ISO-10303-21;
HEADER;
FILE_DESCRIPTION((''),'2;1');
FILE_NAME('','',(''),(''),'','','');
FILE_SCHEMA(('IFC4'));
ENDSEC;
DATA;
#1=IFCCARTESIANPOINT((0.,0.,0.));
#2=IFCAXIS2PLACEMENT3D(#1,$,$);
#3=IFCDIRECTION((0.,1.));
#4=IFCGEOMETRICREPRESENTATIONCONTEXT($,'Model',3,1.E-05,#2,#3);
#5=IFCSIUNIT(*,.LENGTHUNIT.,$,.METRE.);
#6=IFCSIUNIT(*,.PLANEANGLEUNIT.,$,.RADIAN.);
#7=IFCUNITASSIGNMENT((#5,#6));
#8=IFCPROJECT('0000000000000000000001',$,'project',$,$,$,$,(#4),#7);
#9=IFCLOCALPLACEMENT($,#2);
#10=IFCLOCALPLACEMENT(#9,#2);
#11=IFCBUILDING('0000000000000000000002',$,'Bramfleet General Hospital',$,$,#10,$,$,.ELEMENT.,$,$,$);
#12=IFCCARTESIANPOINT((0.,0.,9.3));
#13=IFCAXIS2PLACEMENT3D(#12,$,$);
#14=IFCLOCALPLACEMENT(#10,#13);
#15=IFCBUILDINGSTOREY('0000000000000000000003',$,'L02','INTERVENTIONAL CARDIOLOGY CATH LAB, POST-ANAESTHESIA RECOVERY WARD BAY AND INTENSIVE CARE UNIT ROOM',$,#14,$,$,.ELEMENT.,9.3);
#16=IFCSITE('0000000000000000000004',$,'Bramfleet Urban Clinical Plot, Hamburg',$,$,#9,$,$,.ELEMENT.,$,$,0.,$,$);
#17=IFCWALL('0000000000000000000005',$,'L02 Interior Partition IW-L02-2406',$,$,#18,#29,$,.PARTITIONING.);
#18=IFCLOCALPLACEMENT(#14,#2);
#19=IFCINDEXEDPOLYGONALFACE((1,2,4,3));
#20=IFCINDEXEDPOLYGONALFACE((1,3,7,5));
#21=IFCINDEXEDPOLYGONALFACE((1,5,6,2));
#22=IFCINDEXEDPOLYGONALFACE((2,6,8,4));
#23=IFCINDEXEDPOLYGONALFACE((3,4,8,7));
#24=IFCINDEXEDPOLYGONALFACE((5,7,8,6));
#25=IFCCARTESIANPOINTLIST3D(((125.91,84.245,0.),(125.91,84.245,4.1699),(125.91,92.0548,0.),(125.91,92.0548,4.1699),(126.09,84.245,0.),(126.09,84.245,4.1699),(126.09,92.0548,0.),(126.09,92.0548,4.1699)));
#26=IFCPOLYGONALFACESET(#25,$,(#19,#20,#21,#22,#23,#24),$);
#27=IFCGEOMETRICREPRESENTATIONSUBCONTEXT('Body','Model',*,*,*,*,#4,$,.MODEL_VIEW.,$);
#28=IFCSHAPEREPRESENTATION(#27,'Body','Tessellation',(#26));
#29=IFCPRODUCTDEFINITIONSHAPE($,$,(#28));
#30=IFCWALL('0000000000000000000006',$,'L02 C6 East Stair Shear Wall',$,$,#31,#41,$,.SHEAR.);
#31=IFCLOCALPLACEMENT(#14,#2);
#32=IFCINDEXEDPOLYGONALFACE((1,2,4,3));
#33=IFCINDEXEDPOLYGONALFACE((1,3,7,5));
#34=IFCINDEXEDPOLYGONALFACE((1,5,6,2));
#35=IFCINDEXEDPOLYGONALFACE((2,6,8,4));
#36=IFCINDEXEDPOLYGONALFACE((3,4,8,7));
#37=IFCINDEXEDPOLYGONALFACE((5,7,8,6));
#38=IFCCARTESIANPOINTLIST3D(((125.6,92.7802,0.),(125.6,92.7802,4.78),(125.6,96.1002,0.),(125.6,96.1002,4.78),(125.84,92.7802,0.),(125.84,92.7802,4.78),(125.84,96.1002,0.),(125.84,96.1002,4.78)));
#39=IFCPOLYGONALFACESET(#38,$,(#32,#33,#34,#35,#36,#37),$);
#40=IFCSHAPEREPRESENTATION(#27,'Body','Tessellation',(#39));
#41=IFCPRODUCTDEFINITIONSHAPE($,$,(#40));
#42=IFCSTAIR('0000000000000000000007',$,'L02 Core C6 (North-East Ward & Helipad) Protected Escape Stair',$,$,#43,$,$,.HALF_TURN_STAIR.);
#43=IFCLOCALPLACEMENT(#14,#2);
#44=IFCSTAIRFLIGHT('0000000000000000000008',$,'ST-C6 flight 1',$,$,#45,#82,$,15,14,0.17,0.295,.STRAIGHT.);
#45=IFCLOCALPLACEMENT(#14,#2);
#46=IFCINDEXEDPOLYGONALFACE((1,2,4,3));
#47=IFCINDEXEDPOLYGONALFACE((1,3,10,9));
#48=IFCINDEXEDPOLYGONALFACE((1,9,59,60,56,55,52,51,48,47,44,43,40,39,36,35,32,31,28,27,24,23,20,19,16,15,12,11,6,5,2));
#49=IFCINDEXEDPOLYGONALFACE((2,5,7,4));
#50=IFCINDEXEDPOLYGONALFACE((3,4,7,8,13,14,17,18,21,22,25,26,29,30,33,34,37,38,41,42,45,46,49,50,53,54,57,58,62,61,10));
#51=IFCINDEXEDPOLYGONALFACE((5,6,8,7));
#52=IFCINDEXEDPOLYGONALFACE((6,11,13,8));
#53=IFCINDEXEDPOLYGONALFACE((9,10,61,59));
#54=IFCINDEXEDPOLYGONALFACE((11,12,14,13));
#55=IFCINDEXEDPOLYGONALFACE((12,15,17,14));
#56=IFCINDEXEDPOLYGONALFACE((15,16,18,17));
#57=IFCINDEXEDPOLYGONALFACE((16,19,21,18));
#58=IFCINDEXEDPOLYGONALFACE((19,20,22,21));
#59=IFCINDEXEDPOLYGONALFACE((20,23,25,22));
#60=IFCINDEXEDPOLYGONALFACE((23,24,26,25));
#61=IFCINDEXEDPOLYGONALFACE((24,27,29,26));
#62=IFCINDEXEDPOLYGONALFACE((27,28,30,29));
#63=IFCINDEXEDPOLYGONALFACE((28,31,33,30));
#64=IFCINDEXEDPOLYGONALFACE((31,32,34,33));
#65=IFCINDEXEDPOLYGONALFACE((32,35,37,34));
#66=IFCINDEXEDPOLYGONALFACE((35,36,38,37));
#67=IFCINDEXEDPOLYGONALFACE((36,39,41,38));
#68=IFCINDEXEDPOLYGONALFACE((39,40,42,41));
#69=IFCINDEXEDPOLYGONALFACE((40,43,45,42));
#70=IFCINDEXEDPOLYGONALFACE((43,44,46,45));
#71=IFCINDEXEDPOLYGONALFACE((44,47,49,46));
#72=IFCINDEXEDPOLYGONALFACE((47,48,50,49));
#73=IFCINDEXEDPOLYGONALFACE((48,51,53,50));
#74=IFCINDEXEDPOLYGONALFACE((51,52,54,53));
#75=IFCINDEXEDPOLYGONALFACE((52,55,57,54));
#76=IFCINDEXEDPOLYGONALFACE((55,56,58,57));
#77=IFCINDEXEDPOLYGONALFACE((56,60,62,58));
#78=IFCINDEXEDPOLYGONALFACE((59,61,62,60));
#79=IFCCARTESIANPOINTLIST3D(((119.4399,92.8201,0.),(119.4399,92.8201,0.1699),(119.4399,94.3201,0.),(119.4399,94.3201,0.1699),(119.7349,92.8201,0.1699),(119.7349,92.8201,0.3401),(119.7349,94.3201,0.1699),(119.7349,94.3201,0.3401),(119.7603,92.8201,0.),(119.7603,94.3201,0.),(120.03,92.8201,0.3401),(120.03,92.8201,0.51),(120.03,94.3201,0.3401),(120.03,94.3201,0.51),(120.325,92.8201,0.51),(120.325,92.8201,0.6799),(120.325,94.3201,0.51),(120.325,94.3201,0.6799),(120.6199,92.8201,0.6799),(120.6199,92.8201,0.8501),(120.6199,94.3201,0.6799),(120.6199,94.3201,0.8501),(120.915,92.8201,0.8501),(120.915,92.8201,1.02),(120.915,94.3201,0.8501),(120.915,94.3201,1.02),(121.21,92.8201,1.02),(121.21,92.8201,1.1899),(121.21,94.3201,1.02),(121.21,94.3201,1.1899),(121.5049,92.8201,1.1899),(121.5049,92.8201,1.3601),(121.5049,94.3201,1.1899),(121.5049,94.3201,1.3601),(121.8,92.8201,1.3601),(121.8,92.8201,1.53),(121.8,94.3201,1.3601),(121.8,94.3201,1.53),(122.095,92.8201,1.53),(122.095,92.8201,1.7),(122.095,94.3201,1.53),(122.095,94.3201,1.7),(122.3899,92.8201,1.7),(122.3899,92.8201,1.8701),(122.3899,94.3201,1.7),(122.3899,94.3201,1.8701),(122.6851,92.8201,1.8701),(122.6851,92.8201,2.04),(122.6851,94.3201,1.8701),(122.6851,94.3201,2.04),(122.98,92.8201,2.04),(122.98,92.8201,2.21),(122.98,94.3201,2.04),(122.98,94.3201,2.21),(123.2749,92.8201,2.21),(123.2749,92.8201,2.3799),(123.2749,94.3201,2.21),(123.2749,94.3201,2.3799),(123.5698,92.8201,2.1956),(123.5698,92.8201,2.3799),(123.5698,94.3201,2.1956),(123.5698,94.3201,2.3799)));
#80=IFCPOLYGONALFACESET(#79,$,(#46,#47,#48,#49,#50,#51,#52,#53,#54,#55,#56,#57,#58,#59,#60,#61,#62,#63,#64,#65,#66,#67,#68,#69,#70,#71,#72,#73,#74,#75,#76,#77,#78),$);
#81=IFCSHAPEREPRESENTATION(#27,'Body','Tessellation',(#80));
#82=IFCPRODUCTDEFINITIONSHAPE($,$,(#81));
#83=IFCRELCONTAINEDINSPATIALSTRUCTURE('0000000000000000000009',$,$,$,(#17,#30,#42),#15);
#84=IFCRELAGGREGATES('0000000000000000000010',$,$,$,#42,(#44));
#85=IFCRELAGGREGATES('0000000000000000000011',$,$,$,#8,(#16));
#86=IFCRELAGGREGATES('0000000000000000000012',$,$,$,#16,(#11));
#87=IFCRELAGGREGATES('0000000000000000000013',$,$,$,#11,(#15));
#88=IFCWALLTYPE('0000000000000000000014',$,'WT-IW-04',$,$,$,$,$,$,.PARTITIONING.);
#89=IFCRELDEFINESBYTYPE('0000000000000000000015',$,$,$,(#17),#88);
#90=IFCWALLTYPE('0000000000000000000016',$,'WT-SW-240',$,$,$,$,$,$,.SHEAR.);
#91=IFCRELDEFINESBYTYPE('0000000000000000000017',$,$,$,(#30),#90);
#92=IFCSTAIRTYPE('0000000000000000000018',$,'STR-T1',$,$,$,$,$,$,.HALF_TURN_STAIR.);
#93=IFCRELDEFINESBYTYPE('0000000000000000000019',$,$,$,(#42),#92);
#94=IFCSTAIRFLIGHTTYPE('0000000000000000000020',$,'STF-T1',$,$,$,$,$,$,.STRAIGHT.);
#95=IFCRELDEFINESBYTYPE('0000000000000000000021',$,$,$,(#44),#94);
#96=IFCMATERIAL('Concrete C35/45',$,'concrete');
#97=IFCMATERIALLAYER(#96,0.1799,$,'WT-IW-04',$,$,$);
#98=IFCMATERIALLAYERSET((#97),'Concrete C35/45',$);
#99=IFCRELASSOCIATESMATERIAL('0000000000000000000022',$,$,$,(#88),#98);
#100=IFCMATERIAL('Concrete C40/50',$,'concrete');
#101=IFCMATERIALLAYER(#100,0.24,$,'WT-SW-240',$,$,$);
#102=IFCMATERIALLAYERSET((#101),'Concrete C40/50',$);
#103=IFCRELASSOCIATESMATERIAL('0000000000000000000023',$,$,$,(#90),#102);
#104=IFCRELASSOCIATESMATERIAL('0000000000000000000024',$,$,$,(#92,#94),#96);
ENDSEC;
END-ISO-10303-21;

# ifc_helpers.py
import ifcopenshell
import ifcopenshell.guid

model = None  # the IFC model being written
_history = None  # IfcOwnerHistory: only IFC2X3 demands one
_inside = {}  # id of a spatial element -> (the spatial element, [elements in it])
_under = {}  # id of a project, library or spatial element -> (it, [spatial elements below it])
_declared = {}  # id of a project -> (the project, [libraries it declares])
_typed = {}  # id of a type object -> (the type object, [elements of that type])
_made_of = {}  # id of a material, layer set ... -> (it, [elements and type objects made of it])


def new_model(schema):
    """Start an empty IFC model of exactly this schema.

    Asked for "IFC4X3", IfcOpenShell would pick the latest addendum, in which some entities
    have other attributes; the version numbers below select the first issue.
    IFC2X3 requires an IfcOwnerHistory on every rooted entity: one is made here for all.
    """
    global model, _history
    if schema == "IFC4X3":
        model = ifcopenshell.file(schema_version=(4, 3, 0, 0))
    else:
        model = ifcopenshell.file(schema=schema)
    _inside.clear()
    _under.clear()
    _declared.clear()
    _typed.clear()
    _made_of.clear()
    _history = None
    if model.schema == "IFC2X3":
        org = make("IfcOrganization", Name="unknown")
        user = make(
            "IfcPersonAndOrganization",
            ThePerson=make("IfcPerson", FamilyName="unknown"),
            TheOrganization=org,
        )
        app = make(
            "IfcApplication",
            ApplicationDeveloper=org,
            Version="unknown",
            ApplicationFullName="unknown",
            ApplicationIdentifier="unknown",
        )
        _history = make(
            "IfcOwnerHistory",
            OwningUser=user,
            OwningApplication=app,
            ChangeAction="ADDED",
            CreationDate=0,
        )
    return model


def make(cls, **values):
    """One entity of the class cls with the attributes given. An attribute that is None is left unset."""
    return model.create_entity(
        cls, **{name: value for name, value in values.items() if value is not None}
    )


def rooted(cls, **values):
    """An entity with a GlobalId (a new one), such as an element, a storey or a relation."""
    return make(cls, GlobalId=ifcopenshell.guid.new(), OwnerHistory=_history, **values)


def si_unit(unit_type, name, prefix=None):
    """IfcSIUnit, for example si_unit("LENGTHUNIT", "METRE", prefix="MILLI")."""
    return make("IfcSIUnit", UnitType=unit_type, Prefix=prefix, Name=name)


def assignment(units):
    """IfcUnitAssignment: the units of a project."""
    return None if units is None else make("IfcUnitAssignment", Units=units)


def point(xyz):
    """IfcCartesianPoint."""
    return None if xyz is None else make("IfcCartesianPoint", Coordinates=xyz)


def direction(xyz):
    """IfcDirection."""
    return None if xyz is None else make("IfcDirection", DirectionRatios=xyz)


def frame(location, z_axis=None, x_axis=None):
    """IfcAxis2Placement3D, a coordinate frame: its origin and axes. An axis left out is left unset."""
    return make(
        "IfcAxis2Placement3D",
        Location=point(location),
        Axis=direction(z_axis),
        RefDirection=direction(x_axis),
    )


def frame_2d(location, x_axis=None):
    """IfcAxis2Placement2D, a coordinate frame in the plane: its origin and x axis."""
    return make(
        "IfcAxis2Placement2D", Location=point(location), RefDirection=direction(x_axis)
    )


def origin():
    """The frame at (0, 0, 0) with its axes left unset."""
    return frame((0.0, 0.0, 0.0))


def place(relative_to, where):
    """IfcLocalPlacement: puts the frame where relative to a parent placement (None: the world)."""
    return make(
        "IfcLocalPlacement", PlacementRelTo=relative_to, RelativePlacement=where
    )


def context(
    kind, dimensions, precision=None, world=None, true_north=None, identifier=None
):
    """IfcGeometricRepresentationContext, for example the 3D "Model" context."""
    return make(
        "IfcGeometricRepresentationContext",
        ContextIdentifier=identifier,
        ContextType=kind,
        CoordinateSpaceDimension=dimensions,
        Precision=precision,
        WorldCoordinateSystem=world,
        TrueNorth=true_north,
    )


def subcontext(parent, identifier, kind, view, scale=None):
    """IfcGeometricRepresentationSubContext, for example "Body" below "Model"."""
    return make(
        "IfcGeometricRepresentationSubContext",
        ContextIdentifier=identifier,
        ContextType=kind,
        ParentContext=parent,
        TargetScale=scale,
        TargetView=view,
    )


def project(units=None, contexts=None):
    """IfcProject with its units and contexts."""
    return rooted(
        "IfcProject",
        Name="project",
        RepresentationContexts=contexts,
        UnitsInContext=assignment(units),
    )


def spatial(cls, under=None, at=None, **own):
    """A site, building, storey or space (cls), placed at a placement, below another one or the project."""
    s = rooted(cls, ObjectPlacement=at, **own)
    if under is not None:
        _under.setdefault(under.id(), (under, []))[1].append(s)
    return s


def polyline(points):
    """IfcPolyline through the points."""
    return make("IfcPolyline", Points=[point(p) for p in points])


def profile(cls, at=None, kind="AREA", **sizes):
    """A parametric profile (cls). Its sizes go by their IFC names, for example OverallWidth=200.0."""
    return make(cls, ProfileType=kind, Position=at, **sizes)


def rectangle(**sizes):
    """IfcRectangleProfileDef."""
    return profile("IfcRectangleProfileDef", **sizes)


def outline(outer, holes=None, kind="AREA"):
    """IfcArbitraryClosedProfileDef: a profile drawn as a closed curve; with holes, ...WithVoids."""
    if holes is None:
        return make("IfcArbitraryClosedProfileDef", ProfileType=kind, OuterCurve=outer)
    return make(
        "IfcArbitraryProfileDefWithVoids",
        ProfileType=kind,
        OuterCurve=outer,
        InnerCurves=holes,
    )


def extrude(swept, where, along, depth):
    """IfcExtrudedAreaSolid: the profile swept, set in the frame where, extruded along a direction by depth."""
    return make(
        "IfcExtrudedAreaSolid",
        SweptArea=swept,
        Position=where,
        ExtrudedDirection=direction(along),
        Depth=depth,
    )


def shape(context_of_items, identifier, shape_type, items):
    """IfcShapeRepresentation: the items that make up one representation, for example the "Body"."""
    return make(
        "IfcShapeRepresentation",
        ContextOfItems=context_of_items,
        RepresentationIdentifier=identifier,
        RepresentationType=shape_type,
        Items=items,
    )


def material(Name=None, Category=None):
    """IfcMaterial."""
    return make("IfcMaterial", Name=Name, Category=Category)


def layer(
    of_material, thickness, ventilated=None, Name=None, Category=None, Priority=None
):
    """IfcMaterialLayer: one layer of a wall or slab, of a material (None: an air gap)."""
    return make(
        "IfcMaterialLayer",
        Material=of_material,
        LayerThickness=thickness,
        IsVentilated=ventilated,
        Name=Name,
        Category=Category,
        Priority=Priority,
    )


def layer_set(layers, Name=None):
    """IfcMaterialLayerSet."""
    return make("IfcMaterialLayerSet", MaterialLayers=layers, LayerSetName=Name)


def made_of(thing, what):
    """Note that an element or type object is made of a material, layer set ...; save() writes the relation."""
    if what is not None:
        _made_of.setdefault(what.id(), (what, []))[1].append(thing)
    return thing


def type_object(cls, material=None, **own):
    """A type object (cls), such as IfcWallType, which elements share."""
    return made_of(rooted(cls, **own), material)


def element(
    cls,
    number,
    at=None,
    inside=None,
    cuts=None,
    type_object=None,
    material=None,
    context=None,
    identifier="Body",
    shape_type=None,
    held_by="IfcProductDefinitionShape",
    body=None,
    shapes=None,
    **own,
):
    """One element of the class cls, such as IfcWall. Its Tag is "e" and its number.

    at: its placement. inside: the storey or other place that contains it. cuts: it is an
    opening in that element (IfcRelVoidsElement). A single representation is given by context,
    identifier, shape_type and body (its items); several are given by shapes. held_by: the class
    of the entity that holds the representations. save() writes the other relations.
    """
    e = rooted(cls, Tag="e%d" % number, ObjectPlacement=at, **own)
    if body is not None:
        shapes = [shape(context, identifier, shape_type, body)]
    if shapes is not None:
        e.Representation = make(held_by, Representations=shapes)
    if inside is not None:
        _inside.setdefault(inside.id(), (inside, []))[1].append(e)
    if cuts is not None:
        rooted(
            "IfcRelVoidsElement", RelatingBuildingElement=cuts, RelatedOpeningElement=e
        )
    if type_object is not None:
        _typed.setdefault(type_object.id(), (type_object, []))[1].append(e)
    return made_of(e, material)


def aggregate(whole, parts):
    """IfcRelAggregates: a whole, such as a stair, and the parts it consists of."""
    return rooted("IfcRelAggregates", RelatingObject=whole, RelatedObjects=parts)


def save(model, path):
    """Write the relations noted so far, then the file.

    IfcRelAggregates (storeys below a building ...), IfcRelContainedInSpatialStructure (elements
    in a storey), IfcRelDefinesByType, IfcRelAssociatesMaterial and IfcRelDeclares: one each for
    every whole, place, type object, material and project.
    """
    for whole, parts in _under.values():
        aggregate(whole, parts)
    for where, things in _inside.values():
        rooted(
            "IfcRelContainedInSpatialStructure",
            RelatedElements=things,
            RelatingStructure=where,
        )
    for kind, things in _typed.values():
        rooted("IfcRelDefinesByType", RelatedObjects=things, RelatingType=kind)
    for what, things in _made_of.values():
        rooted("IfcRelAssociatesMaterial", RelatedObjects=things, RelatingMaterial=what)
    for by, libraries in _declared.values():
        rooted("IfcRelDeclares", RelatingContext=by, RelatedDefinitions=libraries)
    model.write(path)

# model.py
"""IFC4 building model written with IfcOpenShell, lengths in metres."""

from ifc_helpers import new_model, si_unit, direction, frame, frame_2d, origin, place, context, subcontext, project, spatial, polyline, rectangle, outline, extrude, material, layer, layer_set, type_object, element, aggregate, save


model = new_model("IFC4")

# Units and contexts
model_context = context("Model", 3, precision=1e-05, world=origin(), true_north=direction((0.0, 1.0)))
body_context = subcontext(model_context, "Body", "Model", "MODEL_VIEW")
ifc_project = project(units=[si_unit("LENGTHUNIT", "METRE"), si_unit("PLANEANGLEUNIT", "RADIAN")], contexts=[model_context])

# Site, building, storey
site_placement = place(None, origin())
site = spatial("IfcSite", under=ifc_project, at=site_placement, Name="Bramfleet Urban Clinical Plot, Hamburg", CompositionType="ELEMENT", RefElevation=0.0)
building_placement = place(site_placement, origin())
building = spatial("IfcBuilding", under=site, at=building_placement, Name="Bramfleet General Hospital", CompositionType="ELEMENT")
storey_placement = place(building_placement, frame((0.0, 0.0, 9.3)))
storey = spatial("IfcBuildingStorey", under=building, at=storey_placement, Name="L02", Description="INTERVENTIONAL CARDIOLOGY CATH LAB, POST-ANAESTHESIA RECOVERY WARD BAY AND INTENSIVE CARE UNIT ROOM", CompositionType="ELEMENT", Elevation=9.3)

# Shared definitions
ifc_material_1 = material(Name="Concrete C40/50", Category="concrete")

# Shared definitions
ifc_material_2 = material(Name="Concrete C35/45", Category="concrete")

# Shared definitions
ifc_layer_1 = layer(ifc_material_2, 0.1799, Name="WT-IW-04")
ifc_layer_set_1 = layer_set([ifc_layer_1], Name="Concrete C35/45")
wall_type_1 = type_object("IfcWallType", Name="WT-IW-04", PredefinedType="PARTITIONING", material=ifc_layer_set_1)

# Walls
wall_1_placement = place(storey_placement, frame((126.0, 84.2451, 0.0), z_axis=(0.0, 0.0, 1.0), x_axis=(0.0, 1.0, 0.0)))
element("IfcWall", 1, at=wall_1_placement, inside=storey, type_object=wall_type_1, Name="L02 Interior Partition IW-L02-2406", PredefinedType="PARTITIONING", context=body_context, shape_type="SweptSolid", body=[
    extrude(rectangle(XDim=7.8098, YDim=0.1799, at=frame_2d((3.9048, 0.0))), origin(), (0.0, 0.0, 1.0), 4.1699),
])
ifc_layer_2 = layer(ifc_material_1, 0.24, Name="WT-SW-240")
ifc_layer_set_2 = layer_set([ifc_layer_2], Name="Concrete C40/50")
wall_type_2 = type_object("IfcWallType", Name="WT-SW-240", PredefinedType="SHEAR", material=ifc_layer_set_2)
wall_2_placement = place(storey_placement, frame((125.72, 92.78, 0.0), z_axis=(0.0, 0.0, 1.0), x_axis=(0.0, 1.0, 0.0)))
element("IfcWall", 2, at=wall_2_placement, inside=storey, type_object=wall_type_2, Name="L02 C6 East Stair Shear Wall", PredefinedType="SHEAR", context=body_context, shape_type="SweptSolid", body=[
    extrude(rectangle(XDim=3.3201, YDim=0.24, at=frame_2d((1.6602, 0.0))), origin(), (0.0, 0.0, 1.0), 4.78),
])

# Stair, stair flight
stair_type = type_object("IfcStairType", Name="STR-T1", PredefinedType="HALF_TURN_STAIR", material=ifc_material_2)
stair_placement = place(storey_placement, origin())
stair = element("IfcStair", 3, at=stair_placement, inside=storey, type_object=stair_type, Name="L02 Core C6 (North-East Ward & Helipad) Protected Escape Stair", PredefinedType="HALF_TURN_STAIR")
stair_flight_type = type_object("IfcStairFlightType", Name="STF-T1", PredefinedType="STRAIGHT", material=ifc_material_2)
stair_flight_placement = place(storey_placement, frame((119.4399, 93.5701, 0.0), z_axis=(0.0, 0.0, 1.0), x_axis=(1.0, 0.0, 0.0)))
stair_flight = element("IfcStairFlight", 4, at=stair_flight_placement, type_object=stair_flight_type, Name="ST-C6 flight 1", NumberOfRisers=15, NumberOfTreads=14, PredefinedType="STRAIGHT", RiserHeight=0.17, TreadLength=0.295, context=body_context, shape_type="SweptSolid", body=[
    extrude(outline(polyline([(0.0, 0.0), (0.0, 0.1699), (0.2949, 0.1699), (0.2949, 0.3401), (0.5901, 0.3401), (0.5901, 0.51), (0.885, 0.51), (0.885, 0.6799), (1.1799, 0.6799), (1.1799, 0.8501), (1.4751, 0.8501), (1.4751, 1.02), (1.77, 1.02), (1.77, 1.1899), (2.0649, 1.1899), (2.0649, 1.3601), (2.3601, 1.3601), (2.3601, 1.53), (2.655, 1.53), (2.655, 1.7), (2.95, 1.7), (2.95, 1.8701), (3.2451, 1.8701), (3.2451, 2.04), (3.54, 2.04), (3.54, 2.21), (3.835, 2.21), (3.835, 2.3799), (4.1299, 2.3799), (4.1299, 2.55), (4.1299, 2.1956), (0.3203, 0.0), (0.0, 0.0)])), frame((0.0, 0.75, 0.0), z_axis=(0.0, -1.0, 0.0), x_axis=(1.0, 0.0, 0.0)), (0.0, 0.0, 1.0), 1.5),
])
aggregate(stair, [stair_flight])

save(model, "model.ifc")
